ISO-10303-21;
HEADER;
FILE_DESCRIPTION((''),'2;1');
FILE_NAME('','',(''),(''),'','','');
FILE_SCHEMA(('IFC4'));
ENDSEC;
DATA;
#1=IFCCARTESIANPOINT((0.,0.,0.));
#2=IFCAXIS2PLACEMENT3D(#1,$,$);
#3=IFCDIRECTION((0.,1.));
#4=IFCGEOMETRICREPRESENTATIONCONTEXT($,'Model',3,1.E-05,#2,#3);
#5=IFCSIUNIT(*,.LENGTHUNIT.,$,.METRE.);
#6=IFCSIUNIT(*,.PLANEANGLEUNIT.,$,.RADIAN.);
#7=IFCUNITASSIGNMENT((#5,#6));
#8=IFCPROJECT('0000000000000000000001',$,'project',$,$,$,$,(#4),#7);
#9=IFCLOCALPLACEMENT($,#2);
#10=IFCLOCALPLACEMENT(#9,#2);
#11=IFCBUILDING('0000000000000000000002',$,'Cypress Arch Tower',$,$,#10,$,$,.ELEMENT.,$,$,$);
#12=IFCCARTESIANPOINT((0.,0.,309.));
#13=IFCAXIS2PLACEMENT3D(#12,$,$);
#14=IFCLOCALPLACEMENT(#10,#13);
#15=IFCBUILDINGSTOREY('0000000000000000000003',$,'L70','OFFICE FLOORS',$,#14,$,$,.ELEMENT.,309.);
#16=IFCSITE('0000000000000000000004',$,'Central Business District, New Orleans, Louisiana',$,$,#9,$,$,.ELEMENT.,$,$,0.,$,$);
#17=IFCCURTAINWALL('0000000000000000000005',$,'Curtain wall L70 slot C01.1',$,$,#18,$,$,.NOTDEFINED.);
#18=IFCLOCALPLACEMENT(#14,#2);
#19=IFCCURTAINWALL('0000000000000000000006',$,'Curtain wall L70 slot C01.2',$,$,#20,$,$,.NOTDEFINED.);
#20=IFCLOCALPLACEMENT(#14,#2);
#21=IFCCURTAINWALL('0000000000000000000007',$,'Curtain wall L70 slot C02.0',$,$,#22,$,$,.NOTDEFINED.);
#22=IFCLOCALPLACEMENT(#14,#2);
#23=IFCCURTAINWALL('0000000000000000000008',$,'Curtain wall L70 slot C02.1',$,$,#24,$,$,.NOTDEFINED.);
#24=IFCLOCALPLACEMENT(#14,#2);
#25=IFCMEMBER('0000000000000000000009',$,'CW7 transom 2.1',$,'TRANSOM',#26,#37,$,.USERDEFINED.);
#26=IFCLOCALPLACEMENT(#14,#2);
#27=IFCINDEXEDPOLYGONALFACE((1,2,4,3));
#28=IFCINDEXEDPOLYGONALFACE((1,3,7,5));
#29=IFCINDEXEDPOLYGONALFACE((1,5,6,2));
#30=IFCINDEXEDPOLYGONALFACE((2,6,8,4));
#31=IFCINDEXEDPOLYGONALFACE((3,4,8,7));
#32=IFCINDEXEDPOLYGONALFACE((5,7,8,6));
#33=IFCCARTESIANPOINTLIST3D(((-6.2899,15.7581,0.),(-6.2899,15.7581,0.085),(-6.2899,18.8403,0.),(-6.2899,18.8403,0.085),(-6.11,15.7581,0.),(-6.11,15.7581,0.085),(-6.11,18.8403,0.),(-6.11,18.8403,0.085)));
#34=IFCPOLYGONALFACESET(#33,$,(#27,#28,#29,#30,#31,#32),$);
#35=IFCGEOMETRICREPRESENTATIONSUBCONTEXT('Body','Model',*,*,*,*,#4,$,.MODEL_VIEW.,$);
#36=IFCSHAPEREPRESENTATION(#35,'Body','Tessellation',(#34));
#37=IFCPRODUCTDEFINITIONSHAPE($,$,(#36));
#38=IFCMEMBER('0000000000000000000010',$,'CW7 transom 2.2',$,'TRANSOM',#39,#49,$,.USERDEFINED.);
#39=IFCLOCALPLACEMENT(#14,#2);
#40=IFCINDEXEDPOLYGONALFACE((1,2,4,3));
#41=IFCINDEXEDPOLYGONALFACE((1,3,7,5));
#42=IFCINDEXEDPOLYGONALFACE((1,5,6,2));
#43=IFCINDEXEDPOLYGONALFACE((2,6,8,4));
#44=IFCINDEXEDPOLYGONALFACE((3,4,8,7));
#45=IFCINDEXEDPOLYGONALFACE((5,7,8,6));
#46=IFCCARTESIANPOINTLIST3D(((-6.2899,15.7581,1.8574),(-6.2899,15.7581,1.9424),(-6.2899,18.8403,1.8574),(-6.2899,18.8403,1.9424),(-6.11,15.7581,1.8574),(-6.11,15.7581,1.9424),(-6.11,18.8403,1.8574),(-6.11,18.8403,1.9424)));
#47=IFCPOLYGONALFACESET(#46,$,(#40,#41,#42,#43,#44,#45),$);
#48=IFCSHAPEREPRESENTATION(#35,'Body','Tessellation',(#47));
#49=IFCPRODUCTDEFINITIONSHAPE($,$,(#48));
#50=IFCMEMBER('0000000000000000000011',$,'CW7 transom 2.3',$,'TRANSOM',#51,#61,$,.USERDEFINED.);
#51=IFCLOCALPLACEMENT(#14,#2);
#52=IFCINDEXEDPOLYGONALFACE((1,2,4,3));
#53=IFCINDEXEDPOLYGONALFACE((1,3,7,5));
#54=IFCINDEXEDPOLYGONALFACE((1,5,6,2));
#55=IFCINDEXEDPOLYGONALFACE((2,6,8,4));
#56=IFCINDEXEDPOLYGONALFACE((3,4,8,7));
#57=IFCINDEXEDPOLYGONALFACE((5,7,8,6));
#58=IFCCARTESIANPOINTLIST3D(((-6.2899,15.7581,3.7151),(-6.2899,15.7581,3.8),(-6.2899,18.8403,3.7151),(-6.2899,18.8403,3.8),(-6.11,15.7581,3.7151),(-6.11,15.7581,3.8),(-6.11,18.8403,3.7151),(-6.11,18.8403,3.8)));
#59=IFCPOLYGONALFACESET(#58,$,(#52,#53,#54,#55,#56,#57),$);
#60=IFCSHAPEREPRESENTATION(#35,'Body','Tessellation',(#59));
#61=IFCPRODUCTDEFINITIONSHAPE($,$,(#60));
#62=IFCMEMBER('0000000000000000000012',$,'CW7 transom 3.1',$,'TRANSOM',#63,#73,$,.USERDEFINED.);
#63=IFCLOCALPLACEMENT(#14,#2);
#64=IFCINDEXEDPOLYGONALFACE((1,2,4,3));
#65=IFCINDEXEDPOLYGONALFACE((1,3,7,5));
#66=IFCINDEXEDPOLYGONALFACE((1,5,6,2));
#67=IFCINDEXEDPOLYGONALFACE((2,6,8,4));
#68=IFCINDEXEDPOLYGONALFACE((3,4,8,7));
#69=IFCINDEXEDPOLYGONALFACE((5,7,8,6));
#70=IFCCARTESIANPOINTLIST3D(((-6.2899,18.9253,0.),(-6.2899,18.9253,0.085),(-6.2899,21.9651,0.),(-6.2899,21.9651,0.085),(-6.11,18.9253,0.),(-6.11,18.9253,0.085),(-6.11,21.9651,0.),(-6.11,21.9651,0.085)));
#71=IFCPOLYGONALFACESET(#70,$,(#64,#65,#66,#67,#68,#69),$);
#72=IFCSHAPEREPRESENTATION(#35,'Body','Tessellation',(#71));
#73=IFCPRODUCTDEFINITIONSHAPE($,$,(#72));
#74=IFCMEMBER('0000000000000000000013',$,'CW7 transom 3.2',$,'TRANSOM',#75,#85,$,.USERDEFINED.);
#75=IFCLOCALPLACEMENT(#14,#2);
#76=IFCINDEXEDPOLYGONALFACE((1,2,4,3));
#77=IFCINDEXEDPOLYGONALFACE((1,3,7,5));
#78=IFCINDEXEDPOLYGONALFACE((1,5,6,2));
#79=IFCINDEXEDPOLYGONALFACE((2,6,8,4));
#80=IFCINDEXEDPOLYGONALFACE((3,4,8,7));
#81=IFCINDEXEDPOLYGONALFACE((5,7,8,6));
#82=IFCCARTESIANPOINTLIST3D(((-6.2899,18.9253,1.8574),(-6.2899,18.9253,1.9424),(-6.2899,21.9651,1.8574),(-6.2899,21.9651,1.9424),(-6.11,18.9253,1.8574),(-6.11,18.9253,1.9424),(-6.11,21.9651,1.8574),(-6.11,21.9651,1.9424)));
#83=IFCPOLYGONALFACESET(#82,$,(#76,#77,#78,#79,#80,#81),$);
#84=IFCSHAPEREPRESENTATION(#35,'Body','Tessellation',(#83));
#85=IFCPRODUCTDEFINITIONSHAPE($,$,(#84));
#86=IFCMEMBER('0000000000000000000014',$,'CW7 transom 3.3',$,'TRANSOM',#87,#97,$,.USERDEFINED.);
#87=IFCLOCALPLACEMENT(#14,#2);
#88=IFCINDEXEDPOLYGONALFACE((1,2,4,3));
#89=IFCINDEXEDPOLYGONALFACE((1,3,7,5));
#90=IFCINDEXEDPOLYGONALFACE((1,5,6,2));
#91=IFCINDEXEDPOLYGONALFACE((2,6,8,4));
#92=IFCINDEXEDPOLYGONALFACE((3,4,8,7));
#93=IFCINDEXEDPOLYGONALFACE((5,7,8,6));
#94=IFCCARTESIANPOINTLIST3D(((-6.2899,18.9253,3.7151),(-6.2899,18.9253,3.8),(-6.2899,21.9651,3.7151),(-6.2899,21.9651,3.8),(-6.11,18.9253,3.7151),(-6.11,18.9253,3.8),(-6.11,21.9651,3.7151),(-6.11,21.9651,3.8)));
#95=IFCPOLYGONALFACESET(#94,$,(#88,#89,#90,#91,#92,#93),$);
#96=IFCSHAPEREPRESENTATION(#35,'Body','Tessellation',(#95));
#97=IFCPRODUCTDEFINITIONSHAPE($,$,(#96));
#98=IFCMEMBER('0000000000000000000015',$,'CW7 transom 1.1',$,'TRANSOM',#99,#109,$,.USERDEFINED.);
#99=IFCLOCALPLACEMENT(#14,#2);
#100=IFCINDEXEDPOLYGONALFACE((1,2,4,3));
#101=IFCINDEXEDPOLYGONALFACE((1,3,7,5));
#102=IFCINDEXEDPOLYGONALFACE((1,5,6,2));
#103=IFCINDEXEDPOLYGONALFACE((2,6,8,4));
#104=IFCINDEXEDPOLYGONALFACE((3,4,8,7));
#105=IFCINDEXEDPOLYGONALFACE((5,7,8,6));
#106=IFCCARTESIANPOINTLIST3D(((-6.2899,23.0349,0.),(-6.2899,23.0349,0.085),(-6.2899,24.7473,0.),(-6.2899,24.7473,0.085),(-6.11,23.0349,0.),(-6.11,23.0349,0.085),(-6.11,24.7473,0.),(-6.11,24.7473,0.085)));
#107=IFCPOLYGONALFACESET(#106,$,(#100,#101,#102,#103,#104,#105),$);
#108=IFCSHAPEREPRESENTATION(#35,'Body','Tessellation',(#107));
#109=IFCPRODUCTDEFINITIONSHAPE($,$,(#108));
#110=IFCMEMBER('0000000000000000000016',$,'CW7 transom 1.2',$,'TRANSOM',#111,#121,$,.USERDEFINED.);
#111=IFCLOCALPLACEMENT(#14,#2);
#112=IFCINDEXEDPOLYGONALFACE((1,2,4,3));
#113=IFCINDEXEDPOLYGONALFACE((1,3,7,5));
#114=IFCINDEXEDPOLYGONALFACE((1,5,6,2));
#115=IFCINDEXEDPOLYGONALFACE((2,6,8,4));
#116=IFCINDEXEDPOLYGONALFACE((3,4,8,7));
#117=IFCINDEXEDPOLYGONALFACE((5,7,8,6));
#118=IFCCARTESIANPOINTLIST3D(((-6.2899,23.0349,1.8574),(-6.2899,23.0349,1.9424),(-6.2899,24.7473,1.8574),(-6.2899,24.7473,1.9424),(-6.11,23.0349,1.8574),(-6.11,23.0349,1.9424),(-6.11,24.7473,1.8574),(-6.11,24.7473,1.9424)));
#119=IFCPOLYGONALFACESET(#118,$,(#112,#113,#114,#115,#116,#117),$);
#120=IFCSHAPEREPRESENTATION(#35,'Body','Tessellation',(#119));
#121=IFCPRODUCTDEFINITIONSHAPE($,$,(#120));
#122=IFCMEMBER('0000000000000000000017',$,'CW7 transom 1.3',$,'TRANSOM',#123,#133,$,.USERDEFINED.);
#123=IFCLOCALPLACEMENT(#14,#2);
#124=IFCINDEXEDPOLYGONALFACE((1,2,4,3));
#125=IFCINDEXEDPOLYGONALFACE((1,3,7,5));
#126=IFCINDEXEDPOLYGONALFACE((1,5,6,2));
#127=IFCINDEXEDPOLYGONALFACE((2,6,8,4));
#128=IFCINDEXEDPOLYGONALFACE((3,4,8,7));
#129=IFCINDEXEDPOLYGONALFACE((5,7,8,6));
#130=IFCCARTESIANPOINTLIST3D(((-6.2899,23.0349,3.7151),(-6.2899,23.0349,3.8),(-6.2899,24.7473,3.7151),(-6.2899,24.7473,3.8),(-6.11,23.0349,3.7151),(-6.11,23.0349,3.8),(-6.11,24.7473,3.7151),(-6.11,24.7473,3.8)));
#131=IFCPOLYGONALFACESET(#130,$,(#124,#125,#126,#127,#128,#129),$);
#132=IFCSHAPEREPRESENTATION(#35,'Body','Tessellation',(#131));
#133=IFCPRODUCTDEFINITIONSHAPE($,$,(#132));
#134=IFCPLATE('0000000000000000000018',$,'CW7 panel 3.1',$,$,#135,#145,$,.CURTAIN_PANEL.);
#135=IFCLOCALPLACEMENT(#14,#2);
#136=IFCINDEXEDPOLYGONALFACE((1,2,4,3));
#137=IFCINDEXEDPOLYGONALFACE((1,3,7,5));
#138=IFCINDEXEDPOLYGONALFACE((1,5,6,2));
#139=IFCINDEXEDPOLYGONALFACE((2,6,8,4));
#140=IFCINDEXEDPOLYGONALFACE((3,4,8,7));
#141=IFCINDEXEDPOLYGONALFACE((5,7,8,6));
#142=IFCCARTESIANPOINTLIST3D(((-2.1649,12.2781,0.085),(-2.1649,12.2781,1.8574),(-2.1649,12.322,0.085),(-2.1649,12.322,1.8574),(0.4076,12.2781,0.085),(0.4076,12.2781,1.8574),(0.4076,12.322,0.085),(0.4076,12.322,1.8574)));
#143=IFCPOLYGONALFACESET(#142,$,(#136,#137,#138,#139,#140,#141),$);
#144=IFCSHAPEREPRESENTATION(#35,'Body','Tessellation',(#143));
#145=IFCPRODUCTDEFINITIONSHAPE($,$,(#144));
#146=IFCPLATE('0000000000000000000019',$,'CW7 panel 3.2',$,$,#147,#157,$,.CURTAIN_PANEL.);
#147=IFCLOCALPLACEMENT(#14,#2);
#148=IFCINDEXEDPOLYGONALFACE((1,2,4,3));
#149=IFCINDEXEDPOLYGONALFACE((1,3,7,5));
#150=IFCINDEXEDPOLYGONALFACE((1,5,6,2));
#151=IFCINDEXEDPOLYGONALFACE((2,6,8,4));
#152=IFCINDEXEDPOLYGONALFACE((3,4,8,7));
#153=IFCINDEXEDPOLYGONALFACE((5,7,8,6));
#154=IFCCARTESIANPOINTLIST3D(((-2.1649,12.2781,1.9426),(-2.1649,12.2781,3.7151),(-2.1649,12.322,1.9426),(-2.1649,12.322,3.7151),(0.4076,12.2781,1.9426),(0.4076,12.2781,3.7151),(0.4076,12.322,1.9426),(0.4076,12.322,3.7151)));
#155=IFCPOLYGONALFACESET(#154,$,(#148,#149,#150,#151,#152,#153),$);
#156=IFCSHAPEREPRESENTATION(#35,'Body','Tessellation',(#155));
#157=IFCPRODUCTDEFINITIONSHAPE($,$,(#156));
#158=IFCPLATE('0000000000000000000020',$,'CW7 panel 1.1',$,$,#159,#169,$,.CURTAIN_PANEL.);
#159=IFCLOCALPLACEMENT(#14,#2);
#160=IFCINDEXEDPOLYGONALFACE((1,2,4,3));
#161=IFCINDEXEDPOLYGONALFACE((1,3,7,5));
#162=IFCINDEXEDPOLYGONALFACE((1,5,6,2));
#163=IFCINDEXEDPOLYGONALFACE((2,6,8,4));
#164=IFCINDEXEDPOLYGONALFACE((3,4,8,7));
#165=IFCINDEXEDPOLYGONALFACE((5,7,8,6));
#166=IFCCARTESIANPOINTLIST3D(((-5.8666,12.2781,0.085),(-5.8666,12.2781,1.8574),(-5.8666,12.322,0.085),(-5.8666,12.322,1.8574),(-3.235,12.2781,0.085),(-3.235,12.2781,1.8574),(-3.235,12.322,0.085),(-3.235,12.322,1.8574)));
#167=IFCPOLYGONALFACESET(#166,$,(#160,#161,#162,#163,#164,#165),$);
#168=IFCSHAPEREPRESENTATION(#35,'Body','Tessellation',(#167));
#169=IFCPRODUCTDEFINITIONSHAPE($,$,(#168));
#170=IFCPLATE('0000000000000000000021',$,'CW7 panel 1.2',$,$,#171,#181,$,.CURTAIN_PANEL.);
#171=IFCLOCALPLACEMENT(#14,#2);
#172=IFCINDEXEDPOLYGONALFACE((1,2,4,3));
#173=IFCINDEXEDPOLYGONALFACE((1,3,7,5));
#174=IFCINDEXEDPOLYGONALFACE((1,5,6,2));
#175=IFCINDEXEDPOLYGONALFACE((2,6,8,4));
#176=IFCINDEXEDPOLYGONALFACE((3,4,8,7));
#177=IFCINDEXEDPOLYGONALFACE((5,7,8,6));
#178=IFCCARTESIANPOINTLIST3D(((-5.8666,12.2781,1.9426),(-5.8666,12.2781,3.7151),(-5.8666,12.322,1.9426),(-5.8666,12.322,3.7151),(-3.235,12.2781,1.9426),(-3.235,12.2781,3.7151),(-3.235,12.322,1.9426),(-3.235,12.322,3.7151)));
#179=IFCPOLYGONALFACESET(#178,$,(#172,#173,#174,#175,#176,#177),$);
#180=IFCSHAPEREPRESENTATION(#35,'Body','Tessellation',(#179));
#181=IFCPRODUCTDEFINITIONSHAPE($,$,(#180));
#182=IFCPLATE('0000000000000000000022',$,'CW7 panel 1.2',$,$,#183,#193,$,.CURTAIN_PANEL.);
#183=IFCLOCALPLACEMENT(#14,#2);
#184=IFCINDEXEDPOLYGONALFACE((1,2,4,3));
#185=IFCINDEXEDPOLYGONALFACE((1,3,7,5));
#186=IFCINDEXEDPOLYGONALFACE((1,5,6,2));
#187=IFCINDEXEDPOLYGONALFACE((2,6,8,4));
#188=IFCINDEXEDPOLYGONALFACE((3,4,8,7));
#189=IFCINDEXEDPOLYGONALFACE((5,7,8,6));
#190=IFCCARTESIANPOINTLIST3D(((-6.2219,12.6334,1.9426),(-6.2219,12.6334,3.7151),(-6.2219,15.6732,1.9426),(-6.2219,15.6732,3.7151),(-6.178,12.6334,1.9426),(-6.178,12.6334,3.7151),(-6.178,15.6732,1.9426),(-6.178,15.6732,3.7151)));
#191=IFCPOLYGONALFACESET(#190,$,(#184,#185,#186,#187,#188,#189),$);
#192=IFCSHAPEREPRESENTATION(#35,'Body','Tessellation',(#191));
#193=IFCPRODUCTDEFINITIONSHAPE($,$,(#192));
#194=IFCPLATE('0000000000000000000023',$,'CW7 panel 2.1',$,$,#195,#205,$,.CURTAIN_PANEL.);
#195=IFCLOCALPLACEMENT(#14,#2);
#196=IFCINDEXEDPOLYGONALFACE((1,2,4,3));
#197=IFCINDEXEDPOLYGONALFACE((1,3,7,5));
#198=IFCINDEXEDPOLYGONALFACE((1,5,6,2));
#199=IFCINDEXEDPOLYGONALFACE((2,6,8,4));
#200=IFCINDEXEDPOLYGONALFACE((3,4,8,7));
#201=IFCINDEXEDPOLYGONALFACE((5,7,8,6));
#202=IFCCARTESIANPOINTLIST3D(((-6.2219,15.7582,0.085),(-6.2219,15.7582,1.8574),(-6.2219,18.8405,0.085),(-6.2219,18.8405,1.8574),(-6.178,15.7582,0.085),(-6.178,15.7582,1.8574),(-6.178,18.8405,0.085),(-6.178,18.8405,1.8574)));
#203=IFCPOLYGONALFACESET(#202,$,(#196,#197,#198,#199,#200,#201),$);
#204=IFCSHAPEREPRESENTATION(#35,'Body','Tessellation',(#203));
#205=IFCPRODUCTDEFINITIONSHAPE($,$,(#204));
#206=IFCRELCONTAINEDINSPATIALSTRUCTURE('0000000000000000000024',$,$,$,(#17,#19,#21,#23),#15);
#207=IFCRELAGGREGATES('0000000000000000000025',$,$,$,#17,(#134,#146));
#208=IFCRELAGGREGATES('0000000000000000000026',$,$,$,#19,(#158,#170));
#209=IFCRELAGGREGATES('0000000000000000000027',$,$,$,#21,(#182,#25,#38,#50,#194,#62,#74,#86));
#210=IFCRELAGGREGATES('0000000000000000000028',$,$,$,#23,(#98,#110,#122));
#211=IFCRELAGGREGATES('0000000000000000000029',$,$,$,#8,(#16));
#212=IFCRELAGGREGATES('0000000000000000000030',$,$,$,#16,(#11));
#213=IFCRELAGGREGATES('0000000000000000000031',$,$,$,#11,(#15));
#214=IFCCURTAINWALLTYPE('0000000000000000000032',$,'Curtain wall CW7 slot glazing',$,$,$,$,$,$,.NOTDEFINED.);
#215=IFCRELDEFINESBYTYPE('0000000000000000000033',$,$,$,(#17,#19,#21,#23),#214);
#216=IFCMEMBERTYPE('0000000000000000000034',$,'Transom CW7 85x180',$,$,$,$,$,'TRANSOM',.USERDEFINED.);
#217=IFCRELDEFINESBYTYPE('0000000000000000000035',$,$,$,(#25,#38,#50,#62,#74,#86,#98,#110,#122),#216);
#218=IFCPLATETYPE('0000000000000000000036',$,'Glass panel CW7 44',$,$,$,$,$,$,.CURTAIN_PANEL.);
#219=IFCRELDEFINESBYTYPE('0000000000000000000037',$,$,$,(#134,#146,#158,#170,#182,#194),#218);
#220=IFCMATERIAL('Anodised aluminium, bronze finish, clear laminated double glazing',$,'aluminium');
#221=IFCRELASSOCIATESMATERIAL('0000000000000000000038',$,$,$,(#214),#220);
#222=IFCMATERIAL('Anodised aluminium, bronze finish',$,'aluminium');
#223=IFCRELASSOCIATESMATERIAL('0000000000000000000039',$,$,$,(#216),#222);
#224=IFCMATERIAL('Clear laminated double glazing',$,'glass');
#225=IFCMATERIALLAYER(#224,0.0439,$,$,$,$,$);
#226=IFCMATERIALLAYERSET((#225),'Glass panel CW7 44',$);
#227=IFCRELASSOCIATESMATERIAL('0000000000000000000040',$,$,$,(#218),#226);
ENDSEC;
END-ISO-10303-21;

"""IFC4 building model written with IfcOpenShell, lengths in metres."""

from ifc_helpers import new_model, si_unit, direction, frame, origin, origin_2d, place, context, subcontext, project, spatial, rectangle, extrude, material, layer, layer_set, material_profile, profile_set, type_object, element, aggregate, save


model = new_model("IFC4")

# Units and contexts
model_context = context("Model", 3, precision=1e-05, world=origin(), true_north=direction((0.0, 1.0)))
body_context = subcontext(model_context, "Body", "Model", "MODEL_VIEW")
ifc_project = project(units=[si_unit("LENGTHUNIT", "METRE"), si_unit("PLANEANGLEUNIT", "RADIAN")], contexts=[model_context])

# Site, building, storey
site_placement = place(None, origin())
site = spatial("IfcSite", under=ifc_project, at=site_placement, Name="Central Business District, New Orleans, Louisiana", CompositionType="ELEMENT", RefElevation=0.0)
building_placement = place(site_placement, origin())
building = spatial("IfcBuilding", under=site, at=building_placement, Name="Cypress Arch Tower", CompositionType="ELEMENT")
storey_placement = place(building_placement, frame((0.0, 0.0, 309.0)))
storey = spatial("IfcBuildingStorey", under=building, at=storey_placement, Name="L70", Description="OFFICE FLOORS", CompositionType="ELEMENT", Elevation=309.0)

# Curtain wall
ifc_material_1 = material(Name="Anodised aluminium, bronze finish, clear laminated double glazing", Category="aluminium")
curtain_wall_type = type_object("IfcCurtainWallType", Name="Curtain wall CW7 slot glazing", PredefinedType="NOTDEFINED", material=ifc_material_1)
curtain_wall_1_placement = place(storey_placement, origin())
curtain_wall_1 = element("IfcCurtainWall", 1, at=curtain_wall_1_placement, inside=storey, type_object=curtain_wall_type, Name="Curtain wall L70 slot C01.1", PredefinedType="NOTDEFINED")

# Curtain walls
curtain_wall_2_placement = place(storey_placement, origin())
curtain_wall_2 = element("IfcCurtainWall", 2, at=curtain_wall_2_placement, inside=storey, type_object=curtain_wall_type, Name="Curtain wall L70 slot C01.2", PredefinedType="NOTDEFINED")
curtain_wall_3_placement = place(storey_placement, origin())
curtain_wall_3 = element("IfcCurtainWall", 3, at=curtain_wall_3_placement, inside=storey, type_object=curtain_wall_type, Name="Curtain wall L70 slot C02.0", PredefinedType="NOTDEFINED")
curtain_wall_4_placement = place(storey_placement, origin())
curtain_wall_4 = element("IfcCurtainWall", 4, at=curtain_wall_4_placement, inside=storey, type_object=curtain_wall_type, Name="Curtain wall L70 slot C02.1", PredefinedType="NOTDEFINED")

# Members
ifc_material_2 = material(Name="Anodised aluminium, bronze finish", Category="aluminium")
ifc_material_profile_1 = material_profile(ifc_material_2, rectangle(XDim=0.1799, YDim=0.085, at=origin_2d()), Name="Transom 85x180")
ifc_profile_set_1 = profile_set([ifc_material_profile_1], Name="Anodised aluminium, bronze finish")
member_type_1 = type_object("IfcMemberType", Name="Transom CW7 85x180", ElementType="TRANSOM", PredefinedType="USERDEFINED", material=ifc_profile_set_1)
member_1_placement = place(storey_placement, frame((-6.2, 15.7581, 0.0425), z_axis=(0.0, 1.0, 0.0), x_axis=(-1.0, 0.0, 0.0)))
member_1 = element("IfcMember", 5, at=member_1_placement, type_object=member_type_1, Name="CW7 transom 2.1", ObjectType="TRANSOM", PredefinedType="USERDEFINED", context=body_context, shape_type="SweptSolid", body=[
    extrude(rectangle(XDim=0.1799, YDim=0.085, at=origin_2d()), origin(), (0.0, 0.0, 1.0), 3.0823),
])
member_2_placement = place(storey_placement, frame((-6.2, 15.7581, 1.8999), z_axis=(0.0, 1.0, 0.0), x_axis=(-1.0, 0.0, 0.0)))
member_2 = element("IfcMember", 6, at=member_2_placement, type_object=member_type_1, Name="CW7 transom 2.2", ObjectType="TRANSOM", PredefinedType="USERDEFINED", context=body_context, shape_type="SweptSolid", body=[
    extrude(rectangle(XDim=0.1799, YDim=0.085, at=origin_2d()), origin(), (0.0, 0.0, 1.0), 3.0823),
])
member_3_placement = place(storey_placement, frame((-6.2, 15.7581, 3.7576), z_axis=(0.0, 1.0, 0.0), x_axis=(-1.0, 0.0, 0.0)))
member_3 = element("IfcMember", 7, at=member_3_placement, type_object=member_type_1, Name="CW7 transom 2.3", ObjectType="TRANSOM", PredefinedType="USERDEFINED", context=body_context, shape_type="SweptSolid", body=[
    extrude(rectangle(XDim=0.1799, YDim=0.085, at=origin_2d()), origin(), (0.0, 0.0, 1.0), 3.0823),
])
member_4_placement = place(storey_placement, frame((-6.2, 18.9253, 0.0425), z_axis=(0.0, 1.0, 0.0), x_axis=(-1.0, 0.0, 0.0)))
member_4 = element("IfcMember", 8, at=member_4_placement, type_object=member_type_1, Name="CW7 transom 3.1", ObjectType="TRANSOM", PredefinedType="USERDEFINED", context=body_context, shape_type="SweptSolid", body=[
    extrude(rectangle(XDim=0.1799, YDim=0.085, at=origin_2d()), origin(), (0.0, 0.0, 1.0), 3.0398),
])
member_5_placement = place(storey_placement, frame((-6.2, 18.9253, 1.8999), z_axis=(0.0, 1.0, 0.0), x_axis=(-1.0, 0.0, 0.0)))
member_5 = element("IfcMember", 9, at=member_5_placement, type_object=member_type_1, Name="CW7 transom 3.2", ObjectType="TRANSOM", PredefinedType="USERDEFINED", context=body_context, shape_type="SweptSolid", body=[
    extrude(rectangle(XDim=0.1799, YDim=0.085, at=origin_2d()), origin(), (0.0, 0.0, 1.0), 3.0398),
])
member_6_placement = place(storey_placement, frame((-6.2, 18.9253, 3.7576), z_axis=(0.0, 1.0, 0.0), x_axis=(-1.0, 0.0, 0.0)))
member_6 = element("IfcMember", 10, at=member_6_placement, type_object=member_type_1, Name="CW7 transom 3.3", ObjectType="TRANSOM", PredefinedType="USERDEFINED", context=body_context, shape_type="SweptSolid", body=[
    extrude(rectangle(XDim=0.1799, YDim=0.085, at=origin_2d()), origin(), (0.0, 0.0, 1.0), 3.0398),
])
member_7_placement = place(storey_placement, frame((-6.2, 23.0349, 0.0425), z_axis=(0.0, 1.0, 0.0), x_axis=(-1.0, 0.0, 0.0)))
member_7 = element("IfcMember", 11, at=member_7_placement, type_object=member_type_1, Name="CW7 transom 1.1", ObjectType="TRANSOM", PredefinedType="USERDEFINED", context=body_context, shape_type="SweptSolid", body=[
    extrude(rectangle(XDim=0.1799, YDim=0.085, at=origin_2d()), origin(), (0.0, 0.0, 1.0), 1.7124),
])
member_8_placement = place(storey_placement, frame((-6.2, 23.0349, 1.8999), z_axis=(0.0, 1.0, 0.0), x_axis=(-1.0, 0.0, 0.0)))
member_8 = element("IfcMember", 12, at=member_8_placement, type_object=member_type_1, Name="CW7 transom 1.2", ObjectType="TRANSOM", PredefinedType="USERDEFINED", context=body_context, shape_type="SweptSolid", body=[
    extrude(rectangle(XDim=0.1799, YDim=0.085, at=origin_2d()), origin(), (0.0, 0.0, 1.0), 1.7124),
])
member_9_placement = place(storey_placement, frame((-6.2, 23.0349, 3.7576), z_axis=(0.0, 1.0, 0.0), x_axis=(-1.0, 0.0, 0.0)))
member_9 = element("IfcMember", 13, at=member_9_placement, type_object=member_type_1, Name="CW7 transom 1.3", ObjectType="TRANSOM", PredefinedType="USERDEFINED", context=body_context, shape_type="SweptSolid", body=[
    extrude(rectangle(XDim=0.1799, YDim=0.085, at=origin_2d()), origin(), (0.0, 0.0, 1.0), 1.7124),
])

# Plates
ifc_material_3 = material(Name="Clear laminated double glazing", Category="glass")
ifc_layer_1 = layer(ifc_material_3, 0.0439)
ifc_layer_set_1 = layer_set([ifc_layer_1], Name="Glass panel CW7 44")
plate_type = type_object("IfcPlateType", Name="Glass panel CW7 44", PredefinedType="CURTAIN_PANEL", material=ifc_layer_set_1)
plate_1_placement = place(storey_placement, frame((-0.8787, 12.3, 0.085), z_axis=(0.0, 0.0, 1.0), x_axis=(-1.0, 0.0, 0.0)))
plate_1 = element("IfcPlate", 14, at=plate_1_placement, type_object=plate_type, Name="CW7 panel 3.1", PredefinedType="CURTAIN_PANEL", context=body_context, shape_type="SweptSolid", body=[
    extrude(rectangle(XDim=2.5725, YDim=0.0439, at=origin_2d()), origin(), (0.0, 0.0, 1.0), 1.7725),
])
plate_2_placement = place(storey_placement, frame((-0.8787, 12.3, 1.9426), z_axis=(0.0, 0.0, 1.0), x_axis=(-1.0, 0.0, 0.0)))
plate_2 = element("IfcPlate", 15, at=plate_2_placement, type_object=plate_type, Name="CW7 panel 3.2", PredefinedType="CURTAIN_PANEL", context=body_context, shape_type="SweptSolid", body=[
    extrude(rectangle(XDim=2.5725, YDim=0.0439, at=origin_2d()), origin(), (0.0, 0.0, 1.0), 1.7725),
])
aggregate(curtain_wall_1, [plate_1, plate_2])
plate_3_placement = place(storey_placement, frame((-4.5508, 12.3, 0.085), z_axis=(0.0, 0.0, 1.0), x_axis=(-1.0, 0.0, 0.0)))
plate_3 = element("IfcPlate", 16, at=plate_3_placement, type_object=plate_type, Name="CW7 panel 1.1", PredefinedType="CURTAIN_PANEL", context=body_context, shape_type="SweptSolid", body=[
    extrude(rectangle(XDim=2.6316, YDim=0.0439, at=origin_2d()), origin(), (0.0, 0.0, 1.0), 1.7725),
])
plate_4_placement = place(storey_placement, frame((-4.5508, 12.3, 1.9426), z_axis=(0.0, 0.0, 1.0), x_axis=(-1.0, 0.0, 0.0)))
plate_4 = element("IfcPlate", 17, at=plate_4_placement, type_object=plate_type, Name="CW7 panel 1.2", PredefinedType="CURTAIN_PANEL", context=body_context, shape_type="SweptSolid", body=[
    extrude(rectangle(XDim=2.6316, YDim=0.0439, at=origin_2d()), origin(), (0.0, 0.0, 1.0), 1.7725),
])
aggregate(curtain_wall_2, [plate_3, plate_4])
plate_5_placement = place(storey_placement, frame((-6.2, 14.1533, 1.9426), z_axis=(0.0, 0.0, 1.0), x_axis=(0.0, 1.0, 0.0)))
plate_5 = element("IfcPlate", 18, at=plate_5_placement, type_object=plate_type, Name="CW7 panel 1.2", PredefinedType="CURTAIN_PANEL", context=body_context, shape_type="SweptSolid", body=[
    extrude(rectangle(XDim=3.0398, YDim=0.0439, at=origin_2d()), origin(), (0.0, 0.0, 1.0), 1.7725),
])
plate_6_placement = place(storey_placement, frame((-6.2, 17.2993, 0.085), z_axis=(0.0, 0.0, 1.0), x_axis=(0.0, 1.0, 0.0)))
plate_6 = element("IfcPlate", 19, at=plate_6_placement, type_object=plate_type, Name="CW7 panel 2.1", PredefinedType="CURTAIN_PANEL", context=body_context, shape_type="SweptSolid", body=[
    extrude(rectangle(XDim=3.0823, YDim=0.0439, at=origin_2d()), origin(), (0.0, 0.0, 1.0), 1.7725),
])
aggregate(curtain_wall_3, [plate_5, member_1, member_2, member_3, plate_6, member_4, member_5, member_6])
aggregate(curtain_wall_4, [member_7, member_8, member_9])

save(model, "model.ifc")
